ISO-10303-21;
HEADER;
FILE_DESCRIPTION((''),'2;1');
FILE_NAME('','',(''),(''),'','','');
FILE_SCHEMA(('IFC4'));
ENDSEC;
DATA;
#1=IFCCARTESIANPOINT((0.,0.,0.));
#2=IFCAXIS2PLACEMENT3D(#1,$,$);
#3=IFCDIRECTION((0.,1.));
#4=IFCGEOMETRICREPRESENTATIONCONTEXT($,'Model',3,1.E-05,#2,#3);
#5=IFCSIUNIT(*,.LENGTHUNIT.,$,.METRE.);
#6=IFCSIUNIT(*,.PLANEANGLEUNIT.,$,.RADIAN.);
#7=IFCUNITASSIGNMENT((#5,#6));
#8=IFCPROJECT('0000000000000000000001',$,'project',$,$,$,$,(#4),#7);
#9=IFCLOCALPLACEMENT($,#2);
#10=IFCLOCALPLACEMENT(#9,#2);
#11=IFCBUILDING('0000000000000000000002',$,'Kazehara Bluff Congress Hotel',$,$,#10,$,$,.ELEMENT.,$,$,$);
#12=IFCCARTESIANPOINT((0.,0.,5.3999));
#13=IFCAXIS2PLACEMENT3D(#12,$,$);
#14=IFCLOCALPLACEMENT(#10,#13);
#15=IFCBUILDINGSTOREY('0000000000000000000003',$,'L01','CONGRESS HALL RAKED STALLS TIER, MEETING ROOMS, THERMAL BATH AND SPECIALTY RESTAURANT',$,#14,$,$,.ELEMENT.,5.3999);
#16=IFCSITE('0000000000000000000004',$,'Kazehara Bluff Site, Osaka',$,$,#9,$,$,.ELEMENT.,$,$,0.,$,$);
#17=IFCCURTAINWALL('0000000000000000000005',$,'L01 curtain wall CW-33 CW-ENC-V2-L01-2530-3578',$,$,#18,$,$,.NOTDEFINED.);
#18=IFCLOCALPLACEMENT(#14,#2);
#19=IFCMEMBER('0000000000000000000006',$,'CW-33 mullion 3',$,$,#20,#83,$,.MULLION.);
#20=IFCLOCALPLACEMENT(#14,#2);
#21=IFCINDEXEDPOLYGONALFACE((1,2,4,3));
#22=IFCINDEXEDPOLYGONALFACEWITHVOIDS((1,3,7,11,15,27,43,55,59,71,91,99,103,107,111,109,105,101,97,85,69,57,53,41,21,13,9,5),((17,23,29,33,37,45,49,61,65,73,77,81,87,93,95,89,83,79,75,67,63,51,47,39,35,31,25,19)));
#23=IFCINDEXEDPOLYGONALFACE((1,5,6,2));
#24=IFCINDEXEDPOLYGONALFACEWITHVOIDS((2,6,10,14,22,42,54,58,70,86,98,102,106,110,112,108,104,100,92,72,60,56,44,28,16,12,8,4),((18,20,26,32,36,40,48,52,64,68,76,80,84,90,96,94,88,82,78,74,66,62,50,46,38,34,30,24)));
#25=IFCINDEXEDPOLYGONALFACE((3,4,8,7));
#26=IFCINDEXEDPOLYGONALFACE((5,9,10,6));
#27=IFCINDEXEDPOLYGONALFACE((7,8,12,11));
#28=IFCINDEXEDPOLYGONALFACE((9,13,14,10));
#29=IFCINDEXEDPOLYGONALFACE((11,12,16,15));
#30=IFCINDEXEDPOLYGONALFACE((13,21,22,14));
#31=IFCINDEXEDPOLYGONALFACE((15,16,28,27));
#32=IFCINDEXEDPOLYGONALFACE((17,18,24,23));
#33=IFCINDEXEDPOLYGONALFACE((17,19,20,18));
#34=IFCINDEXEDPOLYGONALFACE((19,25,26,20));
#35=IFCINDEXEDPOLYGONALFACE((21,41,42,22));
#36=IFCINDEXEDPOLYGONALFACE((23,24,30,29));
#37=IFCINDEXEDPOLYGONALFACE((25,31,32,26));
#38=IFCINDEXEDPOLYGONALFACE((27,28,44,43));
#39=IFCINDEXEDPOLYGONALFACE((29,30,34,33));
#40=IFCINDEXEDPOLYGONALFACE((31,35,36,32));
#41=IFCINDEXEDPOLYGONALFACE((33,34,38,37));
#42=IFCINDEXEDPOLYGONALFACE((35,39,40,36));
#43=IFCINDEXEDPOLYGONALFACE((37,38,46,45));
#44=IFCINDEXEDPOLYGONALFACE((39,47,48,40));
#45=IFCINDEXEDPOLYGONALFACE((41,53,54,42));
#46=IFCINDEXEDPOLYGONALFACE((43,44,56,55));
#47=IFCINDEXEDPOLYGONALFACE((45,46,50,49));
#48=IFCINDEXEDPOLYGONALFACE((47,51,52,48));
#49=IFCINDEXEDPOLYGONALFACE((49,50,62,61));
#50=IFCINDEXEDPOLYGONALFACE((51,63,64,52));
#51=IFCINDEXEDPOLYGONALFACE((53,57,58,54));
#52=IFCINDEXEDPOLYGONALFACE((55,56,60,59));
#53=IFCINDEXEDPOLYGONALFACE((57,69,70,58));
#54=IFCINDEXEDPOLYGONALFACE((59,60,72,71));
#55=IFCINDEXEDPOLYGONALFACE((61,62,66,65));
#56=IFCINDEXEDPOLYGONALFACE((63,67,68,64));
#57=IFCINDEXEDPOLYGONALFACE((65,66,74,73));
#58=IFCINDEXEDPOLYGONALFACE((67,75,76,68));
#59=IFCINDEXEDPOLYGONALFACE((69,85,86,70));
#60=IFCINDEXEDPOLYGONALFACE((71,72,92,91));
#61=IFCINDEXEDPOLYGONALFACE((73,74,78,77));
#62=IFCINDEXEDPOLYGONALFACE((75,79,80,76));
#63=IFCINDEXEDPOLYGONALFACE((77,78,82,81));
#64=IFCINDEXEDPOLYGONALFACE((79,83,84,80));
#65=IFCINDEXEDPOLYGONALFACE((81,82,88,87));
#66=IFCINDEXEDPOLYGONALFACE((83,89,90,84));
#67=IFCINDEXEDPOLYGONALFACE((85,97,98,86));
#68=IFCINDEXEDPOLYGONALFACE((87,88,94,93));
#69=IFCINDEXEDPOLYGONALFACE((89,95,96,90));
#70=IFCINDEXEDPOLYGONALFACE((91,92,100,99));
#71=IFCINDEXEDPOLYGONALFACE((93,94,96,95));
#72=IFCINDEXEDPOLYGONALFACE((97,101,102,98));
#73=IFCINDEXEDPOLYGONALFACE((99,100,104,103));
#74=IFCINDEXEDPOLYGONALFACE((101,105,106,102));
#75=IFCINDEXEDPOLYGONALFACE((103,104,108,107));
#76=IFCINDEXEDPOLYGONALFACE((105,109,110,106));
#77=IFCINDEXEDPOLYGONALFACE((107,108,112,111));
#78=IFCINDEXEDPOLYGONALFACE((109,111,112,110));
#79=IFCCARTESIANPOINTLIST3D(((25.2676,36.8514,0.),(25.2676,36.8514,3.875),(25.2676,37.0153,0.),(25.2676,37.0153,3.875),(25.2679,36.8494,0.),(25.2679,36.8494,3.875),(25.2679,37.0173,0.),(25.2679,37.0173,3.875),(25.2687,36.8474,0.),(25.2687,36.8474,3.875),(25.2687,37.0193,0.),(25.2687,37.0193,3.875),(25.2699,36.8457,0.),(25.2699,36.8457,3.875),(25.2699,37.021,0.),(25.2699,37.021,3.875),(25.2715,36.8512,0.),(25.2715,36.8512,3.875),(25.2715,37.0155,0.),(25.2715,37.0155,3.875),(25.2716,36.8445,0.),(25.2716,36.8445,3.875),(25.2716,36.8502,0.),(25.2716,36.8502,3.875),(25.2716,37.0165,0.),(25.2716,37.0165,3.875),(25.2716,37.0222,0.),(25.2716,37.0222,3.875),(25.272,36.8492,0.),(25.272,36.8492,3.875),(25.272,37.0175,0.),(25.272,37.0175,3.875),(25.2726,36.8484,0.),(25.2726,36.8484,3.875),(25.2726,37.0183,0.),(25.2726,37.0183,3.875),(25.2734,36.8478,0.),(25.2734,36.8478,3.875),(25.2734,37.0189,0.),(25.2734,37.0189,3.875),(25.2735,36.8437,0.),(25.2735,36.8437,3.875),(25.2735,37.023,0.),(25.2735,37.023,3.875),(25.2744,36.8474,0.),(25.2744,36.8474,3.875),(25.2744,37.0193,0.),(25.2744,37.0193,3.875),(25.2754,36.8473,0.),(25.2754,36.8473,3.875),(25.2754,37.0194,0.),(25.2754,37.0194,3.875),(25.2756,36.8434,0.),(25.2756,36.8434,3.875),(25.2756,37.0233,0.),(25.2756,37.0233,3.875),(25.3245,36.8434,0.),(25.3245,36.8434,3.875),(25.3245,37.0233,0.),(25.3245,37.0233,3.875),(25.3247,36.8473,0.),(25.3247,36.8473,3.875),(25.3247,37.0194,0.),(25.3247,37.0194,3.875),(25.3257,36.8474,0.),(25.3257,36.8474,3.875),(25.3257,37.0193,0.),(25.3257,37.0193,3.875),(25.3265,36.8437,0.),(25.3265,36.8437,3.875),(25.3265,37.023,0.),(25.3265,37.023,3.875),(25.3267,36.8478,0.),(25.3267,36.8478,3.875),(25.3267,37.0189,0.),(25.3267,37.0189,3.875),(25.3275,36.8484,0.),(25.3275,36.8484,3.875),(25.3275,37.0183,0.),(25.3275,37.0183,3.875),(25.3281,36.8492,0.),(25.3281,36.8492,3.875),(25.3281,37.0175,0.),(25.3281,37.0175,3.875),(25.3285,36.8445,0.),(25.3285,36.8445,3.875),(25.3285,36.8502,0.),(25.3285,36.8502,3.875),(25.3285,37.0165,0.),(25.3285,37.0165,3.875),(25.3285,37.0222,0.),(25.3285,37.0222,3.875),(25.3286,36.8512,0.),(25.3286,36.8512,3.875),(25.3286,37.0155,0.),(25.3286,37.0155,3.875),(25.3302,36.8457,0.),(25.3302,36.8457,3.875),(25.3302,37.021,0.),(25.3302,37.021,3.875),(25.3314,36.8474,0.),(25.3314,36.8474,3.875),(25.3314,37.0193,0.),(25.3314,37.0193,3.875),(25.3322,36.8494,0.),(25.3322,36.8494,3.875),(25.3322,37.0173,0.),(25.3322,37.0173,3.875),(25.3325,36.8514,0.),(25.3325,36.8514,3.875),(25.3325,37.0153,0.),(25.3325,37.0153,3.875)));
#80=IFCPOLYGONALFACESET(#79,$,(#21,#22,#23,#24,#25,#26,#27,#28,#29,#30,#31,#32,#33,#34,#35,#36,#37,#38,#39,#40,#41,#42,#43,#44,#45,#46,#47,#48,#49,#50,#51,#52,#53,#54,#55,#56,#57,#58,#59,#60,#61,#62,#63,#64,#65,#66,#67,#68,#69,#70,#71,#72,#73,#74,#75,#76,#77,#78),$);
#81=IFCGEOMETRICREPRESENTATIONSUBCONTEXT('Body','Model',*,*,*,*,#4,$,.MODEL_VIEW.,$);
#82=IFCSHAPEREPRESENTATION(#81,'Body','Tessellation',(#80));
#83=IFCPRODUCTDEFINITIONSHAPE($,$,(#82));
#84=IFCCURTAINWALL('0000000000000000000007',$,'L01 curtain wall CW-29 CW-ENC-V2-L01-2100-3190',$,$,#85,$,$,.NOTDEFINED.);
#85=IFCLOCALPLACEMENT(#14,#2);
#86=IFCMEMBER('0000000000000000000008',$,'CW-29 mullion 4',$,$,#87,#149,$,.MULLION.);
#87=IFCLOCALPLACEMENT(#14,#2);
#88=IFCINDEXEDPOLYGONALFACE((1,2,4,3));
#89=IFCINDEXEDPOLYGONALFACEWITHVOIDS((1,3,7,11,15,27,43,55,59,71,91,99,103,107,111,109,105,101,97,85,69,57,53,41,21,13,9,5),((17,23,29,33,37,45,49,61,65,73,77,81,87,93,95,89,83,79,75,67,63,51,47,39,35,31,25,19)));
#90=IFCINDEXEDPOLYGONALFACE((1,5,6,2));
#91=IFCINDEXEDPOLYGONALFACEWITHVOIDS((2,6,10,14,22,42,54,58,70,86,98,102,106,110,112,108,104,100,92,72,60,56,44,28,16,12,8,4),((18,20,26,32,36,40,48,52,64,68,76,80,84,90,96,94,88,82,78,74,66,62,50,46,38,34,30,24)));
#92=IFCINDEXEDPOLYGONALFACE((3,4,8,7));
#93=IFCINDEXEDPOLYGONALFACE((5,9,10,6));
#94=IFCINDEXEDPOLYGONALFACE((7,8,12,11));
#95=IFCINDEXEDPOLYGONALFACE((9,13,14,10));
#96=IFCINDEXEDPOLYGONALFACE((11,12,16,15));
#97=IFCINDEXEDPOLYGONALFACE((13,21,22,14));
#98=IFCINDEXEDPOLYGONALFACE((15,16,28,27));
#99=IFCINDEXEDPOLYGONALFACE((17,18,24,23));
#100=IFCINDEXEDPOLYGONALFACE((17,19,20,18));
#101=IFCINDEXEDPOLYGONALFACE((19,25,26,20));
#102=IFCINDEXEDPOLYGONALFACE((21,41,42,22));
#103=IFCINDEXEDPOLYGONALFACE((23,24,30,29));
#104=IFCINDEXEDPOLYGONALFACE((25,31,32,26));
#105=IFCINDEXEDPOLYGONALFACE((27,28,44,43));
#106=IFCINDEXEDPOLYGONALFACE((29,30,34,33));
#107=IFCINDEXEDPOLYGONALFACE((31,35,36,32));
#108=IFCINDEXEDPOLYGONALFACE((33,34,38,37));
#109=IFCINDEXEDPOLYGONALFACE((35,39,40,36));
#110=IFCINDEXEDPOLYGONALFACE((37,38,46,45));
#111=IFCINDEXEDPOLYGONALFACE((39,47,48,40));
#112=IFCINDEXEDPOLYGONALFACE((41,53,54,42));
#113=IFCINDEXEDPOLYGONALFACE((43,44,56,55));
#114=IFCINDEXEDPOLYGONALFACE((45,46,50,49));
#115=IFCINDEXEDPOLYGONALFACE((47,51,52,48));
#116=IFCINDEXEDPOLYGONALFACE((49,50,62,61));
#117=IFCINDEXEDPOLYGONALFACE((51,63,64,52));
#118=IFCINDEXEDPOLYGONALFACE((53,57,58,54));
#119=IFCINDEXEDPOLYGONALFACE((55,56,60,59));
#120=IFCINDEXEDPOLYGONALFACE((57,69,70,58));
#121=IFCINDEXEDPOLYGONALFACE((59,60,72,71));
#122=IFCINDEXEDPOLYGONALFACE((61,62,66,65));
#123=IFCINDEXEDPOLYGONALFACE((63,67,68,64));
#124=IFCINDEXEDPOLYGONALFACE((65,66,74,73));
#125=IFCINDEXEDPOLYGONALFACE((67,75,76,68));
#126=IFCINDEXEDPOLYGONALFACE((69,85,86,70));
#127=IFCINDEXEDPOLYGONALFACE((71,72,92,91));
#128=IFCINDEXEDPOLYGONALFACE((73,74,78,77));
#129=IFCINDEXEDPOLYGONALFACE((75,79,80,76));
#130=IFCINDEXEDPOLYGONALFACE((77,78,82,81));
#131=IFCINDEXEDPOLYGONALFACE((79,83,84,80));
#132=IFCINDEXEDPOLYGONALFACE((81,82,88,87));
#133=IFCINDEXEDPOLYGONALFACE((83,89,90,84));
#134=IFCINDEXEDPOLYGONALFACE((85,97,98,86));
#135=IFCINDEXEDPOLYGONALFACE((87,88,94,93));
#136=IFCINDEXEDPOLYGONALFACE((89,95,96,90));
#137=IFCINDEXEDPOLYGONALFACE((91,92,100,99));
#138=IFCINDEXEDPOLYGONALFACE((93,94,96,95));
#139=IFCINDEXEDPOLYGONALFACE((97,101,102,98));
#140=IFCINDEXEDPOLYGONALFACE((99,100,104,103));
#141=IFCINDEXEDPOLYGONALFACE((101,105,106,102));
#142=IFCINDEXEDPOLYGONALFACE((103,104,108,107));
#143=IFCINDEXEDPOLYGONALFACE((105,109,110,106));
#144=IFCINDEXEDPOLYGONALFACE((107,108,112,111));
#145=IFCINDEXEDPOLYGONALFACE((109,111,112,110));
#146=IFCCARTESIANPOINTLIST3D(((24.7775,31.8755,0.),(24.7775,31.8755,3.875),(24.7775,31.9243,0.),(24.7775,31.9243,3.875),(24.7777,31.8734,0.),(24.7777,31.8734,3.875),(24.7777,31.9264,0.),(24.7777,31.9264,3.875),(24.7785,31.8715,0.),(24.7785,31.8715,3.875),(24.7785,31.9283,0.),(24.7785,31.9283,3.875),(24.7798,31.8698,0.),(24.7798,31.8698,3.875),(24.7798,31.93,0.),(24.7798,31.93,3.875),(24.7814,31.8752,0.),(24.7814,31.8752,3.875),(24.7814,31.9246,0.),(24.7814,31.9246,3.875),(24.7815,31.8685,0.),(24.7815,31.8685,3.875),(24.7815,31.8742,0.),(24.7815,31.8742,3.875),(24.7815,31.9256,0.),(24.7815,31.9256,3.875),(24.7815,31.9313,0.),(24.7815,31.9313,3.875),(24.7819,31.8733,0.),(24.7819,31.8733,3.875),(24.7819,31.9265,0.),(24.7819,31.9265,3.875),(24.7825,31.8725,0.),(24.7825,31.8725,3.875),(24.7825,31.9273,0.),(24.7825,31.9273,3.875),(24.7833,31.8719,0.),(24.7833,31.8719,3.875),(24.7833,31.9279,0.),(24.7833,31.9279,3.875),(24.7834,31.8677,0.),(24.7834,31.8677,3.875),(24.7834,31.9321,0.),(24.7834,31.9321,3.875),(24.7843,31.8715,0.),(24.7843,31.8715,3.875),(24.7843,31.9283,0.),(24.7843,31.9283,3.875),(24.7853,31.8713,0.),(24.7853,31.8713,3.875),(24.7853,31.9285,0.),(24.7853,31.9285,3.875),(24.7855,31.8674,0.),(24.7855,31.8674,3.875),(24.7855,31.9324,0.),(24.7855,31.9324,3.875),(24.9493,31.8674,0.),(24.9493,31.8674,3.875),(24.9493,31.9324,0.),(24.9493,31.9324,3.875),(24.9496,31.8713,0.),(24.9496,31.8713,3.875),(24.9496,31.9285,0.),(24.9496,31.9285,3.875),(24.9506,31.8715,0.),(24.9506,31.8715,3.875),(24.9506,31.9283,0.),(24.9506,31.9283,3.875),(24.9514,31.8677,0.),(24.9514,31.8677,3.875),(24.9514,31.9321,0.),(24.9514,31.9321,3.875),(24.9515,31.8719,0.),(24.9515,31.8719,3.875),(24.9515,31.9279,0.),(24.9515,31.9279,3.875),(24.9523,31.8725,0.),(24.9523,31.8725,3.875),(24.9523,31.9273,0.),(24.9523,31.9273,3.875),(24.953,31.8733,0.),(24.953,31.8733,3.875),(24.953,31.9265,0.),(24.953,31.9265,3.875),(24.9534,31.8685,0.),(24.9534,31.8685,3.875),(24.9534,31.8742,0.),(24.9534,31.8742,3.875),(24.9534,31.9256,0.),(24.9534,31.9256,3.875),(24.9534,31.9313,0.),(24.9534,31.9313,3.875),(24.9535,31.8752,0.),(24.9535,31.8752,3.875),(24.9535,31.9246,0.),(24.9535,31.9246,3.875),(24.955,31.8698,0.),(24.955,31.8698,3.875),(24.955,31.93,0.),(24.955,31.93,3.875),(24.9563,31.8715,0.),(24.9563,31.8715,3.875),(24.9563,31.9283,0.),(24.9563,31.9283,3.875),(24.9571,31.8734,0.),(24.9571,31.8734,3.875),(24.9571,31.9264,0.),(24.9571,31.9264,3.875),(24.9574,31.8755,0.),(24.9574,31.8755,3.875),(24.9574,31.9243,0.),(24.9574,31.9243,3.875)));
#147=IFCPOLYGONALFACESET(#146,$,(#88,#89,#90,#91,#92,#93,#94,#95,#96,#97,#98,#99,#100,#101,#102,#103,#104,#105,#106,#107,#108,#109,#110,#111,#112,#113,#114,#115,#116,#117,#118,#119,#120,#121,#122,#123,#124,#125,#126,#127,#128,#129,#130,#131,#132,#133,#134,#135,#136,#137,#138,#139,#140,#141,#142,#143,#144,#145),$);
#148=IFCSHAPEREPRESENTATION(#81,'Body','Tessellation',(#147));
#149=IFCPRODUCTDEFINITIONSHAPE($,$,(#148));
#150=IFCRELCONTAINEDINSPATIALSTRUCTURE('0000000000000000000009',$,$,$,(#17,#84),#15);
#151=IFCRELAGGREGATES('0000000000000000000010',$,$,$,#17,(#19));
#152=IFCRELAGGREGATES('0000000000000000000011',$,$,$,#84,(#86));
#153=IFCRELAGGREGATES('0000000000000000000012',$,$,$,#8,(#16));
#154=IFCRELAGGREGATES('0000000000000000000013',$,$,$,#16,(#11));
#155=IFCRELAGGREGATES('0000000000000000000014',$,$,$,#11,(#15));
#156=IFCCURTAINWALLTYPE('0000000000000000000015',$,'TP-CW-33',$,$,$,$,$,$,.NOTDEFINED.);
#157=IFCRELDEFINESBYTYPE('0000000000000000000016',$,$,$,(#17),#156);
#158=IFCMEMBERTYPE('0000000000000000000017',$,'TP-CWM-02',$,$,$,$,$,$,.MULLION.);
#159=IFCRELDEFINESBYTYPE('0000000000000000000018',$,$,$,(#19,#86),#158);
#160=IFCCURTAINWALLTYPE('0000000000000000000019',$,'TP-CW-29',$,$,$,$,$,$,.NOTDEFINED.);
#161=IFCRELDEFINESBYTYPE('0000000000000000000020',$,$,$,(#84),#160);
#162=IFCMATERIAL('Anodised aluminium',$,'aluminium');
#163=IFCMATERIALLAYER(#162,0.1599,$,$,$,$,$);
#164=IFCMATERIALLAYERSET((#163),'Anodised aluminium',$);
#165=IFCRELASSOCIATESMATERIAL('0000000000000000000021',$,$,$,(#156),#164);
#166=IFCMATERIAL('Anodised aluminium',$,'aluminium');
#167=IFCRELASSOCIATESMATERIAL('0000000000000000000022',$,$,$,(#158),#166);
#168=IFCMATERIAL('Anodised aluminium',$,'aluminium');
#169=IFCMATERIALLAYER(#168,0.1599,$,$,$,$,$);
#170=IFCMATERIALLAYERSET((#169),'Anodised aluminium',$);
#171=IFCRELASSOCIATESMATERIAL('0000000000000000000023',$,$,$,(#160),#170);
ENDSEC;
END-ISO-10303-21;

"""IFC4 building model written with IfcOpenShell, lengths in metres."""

from ifc_helpers import new_model, si_unit, direction, frame, origin, origin_2d, place, context, subcontext, project, spatial, hollow_rectangle, extrude, material, layer, layer_set, material_profile, profile_set, type_object, element, aggregate, save


model = new_model("IFC4")

# Units and contexts
model_context = context("Model", 3, precision=1e-05, world=origin(), true_north=direction((0.0, 1.0)))
body_context = subcontext(model_context, "Body", "Model", "MODEL_VIEW")
ifc_project = project(units=[si_unit("LENGTHUNIT", "METRE"), si_unit("PLANEANGLEUNIT", "RADIAN")], contexts=[model_context])

# Site, building, storey
site_placement = place(None, origin())
site = spatial("IfcSite", under=ifc_project, at=site_placement, Name="Kazehara Bluff Site, Osaka", CompositionType="ELEMENT", RefElevation=0.0)
building_placement = place(site_placement, origin())
building = spatial("IfcBuilding", under=site, at=building_placement, Name="Kazehara Bluff Congress Hotel", CompositionType="ELEMENT")
storey_placement = place(building_placement, frame((0.0, 0.0, 5.3999)))
storey = spatial("IfcBuildingStorey", under=building, at=storey_placement, Name="L01", Description="CONGRESS HALL RAKED STALLS TIER, MEETING ROOMS, THERMAL BATH AND SPECIALTY RESTAURANT", CompositionType="ELEMENT", Elevation=5.3999)

# Curtain wall, member
ifc_material_1 = material(Name="Anodised aluminium", Category="aluminium")
ifc_layer_1 = layer(ifc_material_1, 0.1599)
ifc_layer_set_1 = layer_set([ifc_layer_1], Name="Anodised aluminium")
curtain_wall_type_1 = type_object("IfcCurtainWallType", Name="TP-CW-33", PredefinedType="NOTDEFINED", material=ifc_layer_set_1)
curtain_wall_1_placement = place(storey_placement, origin())
curtain_wall_1 = element("IfcCurtainWall", 1, at=curtain_wall_1_placement, inside=storey, type_object=curtain_wall_type_1, Name="L01 curtain wall CW-33 CW-ENC-V2-L01-2530-3578", PredefinedType="NOTDEFINED")
ifc_material_2 = material(Name="Anodised aluminium", Category="aluminium")
ifc_material_profile_1 = material_profile(ifc_material_2, hollow_rectangle(XDim=0.0649, YDim=0.1799, WallThickness=0.0039, InnerFilletRadius=0.0039, OuterFilletRadius=0.0081, at=origin_2d()))
ifc_profile_set_1 = profile_set([ifc_material_profile_1], Name="Anodised aluminium")
member_type_1 = type_object("IfcMemberType", Name="TP-CWM-02", PredefinedType="MULLION", material=ifc_profile_set_1)
member_1_placement = place(storey_placement, frame((25.3, 36.9333, 0.0), z_axis=(0.0, 0.0, 1.0), x_axis=(-1.0, 0.0, 0.0)))
member_1 = element("IfcMember", 2, at=member_1_placement, type_object=member_type_1, Name="CW-33 mullion 3", PredefinedType="MULLION", context=body_context, shape_type="SweptSolid", body=[
    extrude(hollow_rectangle(XDim=0.0649, YDim=0.1799, WallThickness=0.0039, InnerFilletRadius=0.0039, OuterFilletRadius=0.0081, at=origin_2d()), origin(), (0.0, 0.0, 1.0), 3.875),
])

# Curtain wall, member
ifc_material_3 = material(Name="Anodised aluminium", Category="aluminium")
ifc_layer_2 = layer(ifc_material_3, 0.1599)
ifc_layer_set_2 = layer_set([ifc_layer_2], Name="Anodised aluminium")
curtain_wall_type_2 = type_object("IfcCurtainWallType", Name="TP-CW-29", PredefinedType="NOTDEFINED", material=ifc_layer_set_2)
curtain_wall_2_placement = place(storey_placement, origin())
curtain_wall_2 = element("IfcCurtainWall", 3, at=curtain_wall_2_placement, inside=storey, type_object=curtain_wall_type_2, Name="L01 curtain wall CW-29 CW-ENC-V2-L01-2100-3190", PredefinedType="NOTDEFINED")
member_2_placement = place(storey_placement, frame((24.8674, 31.8999, 0.0), z_axis=(0.0, 0.0, 1.0), x_axis=(0.0, 1.0, 0.0)))
member_2 = element("IfcMember", 4, at=member_2_placement, type_object=member_type_1, Name="CW-29 mullion 4", PredefinedType="MULLION", context=body_context, shape_type="SweptSolid", body=[
    extrude(hollow_rectangle(XDim=0.0649, YDim=0.1799, WallThickness=0.0039, InnerFilletRadius=0.0039, OuterFilletRadius=0.0081, at=origin_2d()), origin(), (0.0, 0.0, 1.0), 3.875),
])

aggregate(curtain_wall_1, [member_1])
aggregate(curtain_wall_2, [member_2])

save(model, "model.ifc")
